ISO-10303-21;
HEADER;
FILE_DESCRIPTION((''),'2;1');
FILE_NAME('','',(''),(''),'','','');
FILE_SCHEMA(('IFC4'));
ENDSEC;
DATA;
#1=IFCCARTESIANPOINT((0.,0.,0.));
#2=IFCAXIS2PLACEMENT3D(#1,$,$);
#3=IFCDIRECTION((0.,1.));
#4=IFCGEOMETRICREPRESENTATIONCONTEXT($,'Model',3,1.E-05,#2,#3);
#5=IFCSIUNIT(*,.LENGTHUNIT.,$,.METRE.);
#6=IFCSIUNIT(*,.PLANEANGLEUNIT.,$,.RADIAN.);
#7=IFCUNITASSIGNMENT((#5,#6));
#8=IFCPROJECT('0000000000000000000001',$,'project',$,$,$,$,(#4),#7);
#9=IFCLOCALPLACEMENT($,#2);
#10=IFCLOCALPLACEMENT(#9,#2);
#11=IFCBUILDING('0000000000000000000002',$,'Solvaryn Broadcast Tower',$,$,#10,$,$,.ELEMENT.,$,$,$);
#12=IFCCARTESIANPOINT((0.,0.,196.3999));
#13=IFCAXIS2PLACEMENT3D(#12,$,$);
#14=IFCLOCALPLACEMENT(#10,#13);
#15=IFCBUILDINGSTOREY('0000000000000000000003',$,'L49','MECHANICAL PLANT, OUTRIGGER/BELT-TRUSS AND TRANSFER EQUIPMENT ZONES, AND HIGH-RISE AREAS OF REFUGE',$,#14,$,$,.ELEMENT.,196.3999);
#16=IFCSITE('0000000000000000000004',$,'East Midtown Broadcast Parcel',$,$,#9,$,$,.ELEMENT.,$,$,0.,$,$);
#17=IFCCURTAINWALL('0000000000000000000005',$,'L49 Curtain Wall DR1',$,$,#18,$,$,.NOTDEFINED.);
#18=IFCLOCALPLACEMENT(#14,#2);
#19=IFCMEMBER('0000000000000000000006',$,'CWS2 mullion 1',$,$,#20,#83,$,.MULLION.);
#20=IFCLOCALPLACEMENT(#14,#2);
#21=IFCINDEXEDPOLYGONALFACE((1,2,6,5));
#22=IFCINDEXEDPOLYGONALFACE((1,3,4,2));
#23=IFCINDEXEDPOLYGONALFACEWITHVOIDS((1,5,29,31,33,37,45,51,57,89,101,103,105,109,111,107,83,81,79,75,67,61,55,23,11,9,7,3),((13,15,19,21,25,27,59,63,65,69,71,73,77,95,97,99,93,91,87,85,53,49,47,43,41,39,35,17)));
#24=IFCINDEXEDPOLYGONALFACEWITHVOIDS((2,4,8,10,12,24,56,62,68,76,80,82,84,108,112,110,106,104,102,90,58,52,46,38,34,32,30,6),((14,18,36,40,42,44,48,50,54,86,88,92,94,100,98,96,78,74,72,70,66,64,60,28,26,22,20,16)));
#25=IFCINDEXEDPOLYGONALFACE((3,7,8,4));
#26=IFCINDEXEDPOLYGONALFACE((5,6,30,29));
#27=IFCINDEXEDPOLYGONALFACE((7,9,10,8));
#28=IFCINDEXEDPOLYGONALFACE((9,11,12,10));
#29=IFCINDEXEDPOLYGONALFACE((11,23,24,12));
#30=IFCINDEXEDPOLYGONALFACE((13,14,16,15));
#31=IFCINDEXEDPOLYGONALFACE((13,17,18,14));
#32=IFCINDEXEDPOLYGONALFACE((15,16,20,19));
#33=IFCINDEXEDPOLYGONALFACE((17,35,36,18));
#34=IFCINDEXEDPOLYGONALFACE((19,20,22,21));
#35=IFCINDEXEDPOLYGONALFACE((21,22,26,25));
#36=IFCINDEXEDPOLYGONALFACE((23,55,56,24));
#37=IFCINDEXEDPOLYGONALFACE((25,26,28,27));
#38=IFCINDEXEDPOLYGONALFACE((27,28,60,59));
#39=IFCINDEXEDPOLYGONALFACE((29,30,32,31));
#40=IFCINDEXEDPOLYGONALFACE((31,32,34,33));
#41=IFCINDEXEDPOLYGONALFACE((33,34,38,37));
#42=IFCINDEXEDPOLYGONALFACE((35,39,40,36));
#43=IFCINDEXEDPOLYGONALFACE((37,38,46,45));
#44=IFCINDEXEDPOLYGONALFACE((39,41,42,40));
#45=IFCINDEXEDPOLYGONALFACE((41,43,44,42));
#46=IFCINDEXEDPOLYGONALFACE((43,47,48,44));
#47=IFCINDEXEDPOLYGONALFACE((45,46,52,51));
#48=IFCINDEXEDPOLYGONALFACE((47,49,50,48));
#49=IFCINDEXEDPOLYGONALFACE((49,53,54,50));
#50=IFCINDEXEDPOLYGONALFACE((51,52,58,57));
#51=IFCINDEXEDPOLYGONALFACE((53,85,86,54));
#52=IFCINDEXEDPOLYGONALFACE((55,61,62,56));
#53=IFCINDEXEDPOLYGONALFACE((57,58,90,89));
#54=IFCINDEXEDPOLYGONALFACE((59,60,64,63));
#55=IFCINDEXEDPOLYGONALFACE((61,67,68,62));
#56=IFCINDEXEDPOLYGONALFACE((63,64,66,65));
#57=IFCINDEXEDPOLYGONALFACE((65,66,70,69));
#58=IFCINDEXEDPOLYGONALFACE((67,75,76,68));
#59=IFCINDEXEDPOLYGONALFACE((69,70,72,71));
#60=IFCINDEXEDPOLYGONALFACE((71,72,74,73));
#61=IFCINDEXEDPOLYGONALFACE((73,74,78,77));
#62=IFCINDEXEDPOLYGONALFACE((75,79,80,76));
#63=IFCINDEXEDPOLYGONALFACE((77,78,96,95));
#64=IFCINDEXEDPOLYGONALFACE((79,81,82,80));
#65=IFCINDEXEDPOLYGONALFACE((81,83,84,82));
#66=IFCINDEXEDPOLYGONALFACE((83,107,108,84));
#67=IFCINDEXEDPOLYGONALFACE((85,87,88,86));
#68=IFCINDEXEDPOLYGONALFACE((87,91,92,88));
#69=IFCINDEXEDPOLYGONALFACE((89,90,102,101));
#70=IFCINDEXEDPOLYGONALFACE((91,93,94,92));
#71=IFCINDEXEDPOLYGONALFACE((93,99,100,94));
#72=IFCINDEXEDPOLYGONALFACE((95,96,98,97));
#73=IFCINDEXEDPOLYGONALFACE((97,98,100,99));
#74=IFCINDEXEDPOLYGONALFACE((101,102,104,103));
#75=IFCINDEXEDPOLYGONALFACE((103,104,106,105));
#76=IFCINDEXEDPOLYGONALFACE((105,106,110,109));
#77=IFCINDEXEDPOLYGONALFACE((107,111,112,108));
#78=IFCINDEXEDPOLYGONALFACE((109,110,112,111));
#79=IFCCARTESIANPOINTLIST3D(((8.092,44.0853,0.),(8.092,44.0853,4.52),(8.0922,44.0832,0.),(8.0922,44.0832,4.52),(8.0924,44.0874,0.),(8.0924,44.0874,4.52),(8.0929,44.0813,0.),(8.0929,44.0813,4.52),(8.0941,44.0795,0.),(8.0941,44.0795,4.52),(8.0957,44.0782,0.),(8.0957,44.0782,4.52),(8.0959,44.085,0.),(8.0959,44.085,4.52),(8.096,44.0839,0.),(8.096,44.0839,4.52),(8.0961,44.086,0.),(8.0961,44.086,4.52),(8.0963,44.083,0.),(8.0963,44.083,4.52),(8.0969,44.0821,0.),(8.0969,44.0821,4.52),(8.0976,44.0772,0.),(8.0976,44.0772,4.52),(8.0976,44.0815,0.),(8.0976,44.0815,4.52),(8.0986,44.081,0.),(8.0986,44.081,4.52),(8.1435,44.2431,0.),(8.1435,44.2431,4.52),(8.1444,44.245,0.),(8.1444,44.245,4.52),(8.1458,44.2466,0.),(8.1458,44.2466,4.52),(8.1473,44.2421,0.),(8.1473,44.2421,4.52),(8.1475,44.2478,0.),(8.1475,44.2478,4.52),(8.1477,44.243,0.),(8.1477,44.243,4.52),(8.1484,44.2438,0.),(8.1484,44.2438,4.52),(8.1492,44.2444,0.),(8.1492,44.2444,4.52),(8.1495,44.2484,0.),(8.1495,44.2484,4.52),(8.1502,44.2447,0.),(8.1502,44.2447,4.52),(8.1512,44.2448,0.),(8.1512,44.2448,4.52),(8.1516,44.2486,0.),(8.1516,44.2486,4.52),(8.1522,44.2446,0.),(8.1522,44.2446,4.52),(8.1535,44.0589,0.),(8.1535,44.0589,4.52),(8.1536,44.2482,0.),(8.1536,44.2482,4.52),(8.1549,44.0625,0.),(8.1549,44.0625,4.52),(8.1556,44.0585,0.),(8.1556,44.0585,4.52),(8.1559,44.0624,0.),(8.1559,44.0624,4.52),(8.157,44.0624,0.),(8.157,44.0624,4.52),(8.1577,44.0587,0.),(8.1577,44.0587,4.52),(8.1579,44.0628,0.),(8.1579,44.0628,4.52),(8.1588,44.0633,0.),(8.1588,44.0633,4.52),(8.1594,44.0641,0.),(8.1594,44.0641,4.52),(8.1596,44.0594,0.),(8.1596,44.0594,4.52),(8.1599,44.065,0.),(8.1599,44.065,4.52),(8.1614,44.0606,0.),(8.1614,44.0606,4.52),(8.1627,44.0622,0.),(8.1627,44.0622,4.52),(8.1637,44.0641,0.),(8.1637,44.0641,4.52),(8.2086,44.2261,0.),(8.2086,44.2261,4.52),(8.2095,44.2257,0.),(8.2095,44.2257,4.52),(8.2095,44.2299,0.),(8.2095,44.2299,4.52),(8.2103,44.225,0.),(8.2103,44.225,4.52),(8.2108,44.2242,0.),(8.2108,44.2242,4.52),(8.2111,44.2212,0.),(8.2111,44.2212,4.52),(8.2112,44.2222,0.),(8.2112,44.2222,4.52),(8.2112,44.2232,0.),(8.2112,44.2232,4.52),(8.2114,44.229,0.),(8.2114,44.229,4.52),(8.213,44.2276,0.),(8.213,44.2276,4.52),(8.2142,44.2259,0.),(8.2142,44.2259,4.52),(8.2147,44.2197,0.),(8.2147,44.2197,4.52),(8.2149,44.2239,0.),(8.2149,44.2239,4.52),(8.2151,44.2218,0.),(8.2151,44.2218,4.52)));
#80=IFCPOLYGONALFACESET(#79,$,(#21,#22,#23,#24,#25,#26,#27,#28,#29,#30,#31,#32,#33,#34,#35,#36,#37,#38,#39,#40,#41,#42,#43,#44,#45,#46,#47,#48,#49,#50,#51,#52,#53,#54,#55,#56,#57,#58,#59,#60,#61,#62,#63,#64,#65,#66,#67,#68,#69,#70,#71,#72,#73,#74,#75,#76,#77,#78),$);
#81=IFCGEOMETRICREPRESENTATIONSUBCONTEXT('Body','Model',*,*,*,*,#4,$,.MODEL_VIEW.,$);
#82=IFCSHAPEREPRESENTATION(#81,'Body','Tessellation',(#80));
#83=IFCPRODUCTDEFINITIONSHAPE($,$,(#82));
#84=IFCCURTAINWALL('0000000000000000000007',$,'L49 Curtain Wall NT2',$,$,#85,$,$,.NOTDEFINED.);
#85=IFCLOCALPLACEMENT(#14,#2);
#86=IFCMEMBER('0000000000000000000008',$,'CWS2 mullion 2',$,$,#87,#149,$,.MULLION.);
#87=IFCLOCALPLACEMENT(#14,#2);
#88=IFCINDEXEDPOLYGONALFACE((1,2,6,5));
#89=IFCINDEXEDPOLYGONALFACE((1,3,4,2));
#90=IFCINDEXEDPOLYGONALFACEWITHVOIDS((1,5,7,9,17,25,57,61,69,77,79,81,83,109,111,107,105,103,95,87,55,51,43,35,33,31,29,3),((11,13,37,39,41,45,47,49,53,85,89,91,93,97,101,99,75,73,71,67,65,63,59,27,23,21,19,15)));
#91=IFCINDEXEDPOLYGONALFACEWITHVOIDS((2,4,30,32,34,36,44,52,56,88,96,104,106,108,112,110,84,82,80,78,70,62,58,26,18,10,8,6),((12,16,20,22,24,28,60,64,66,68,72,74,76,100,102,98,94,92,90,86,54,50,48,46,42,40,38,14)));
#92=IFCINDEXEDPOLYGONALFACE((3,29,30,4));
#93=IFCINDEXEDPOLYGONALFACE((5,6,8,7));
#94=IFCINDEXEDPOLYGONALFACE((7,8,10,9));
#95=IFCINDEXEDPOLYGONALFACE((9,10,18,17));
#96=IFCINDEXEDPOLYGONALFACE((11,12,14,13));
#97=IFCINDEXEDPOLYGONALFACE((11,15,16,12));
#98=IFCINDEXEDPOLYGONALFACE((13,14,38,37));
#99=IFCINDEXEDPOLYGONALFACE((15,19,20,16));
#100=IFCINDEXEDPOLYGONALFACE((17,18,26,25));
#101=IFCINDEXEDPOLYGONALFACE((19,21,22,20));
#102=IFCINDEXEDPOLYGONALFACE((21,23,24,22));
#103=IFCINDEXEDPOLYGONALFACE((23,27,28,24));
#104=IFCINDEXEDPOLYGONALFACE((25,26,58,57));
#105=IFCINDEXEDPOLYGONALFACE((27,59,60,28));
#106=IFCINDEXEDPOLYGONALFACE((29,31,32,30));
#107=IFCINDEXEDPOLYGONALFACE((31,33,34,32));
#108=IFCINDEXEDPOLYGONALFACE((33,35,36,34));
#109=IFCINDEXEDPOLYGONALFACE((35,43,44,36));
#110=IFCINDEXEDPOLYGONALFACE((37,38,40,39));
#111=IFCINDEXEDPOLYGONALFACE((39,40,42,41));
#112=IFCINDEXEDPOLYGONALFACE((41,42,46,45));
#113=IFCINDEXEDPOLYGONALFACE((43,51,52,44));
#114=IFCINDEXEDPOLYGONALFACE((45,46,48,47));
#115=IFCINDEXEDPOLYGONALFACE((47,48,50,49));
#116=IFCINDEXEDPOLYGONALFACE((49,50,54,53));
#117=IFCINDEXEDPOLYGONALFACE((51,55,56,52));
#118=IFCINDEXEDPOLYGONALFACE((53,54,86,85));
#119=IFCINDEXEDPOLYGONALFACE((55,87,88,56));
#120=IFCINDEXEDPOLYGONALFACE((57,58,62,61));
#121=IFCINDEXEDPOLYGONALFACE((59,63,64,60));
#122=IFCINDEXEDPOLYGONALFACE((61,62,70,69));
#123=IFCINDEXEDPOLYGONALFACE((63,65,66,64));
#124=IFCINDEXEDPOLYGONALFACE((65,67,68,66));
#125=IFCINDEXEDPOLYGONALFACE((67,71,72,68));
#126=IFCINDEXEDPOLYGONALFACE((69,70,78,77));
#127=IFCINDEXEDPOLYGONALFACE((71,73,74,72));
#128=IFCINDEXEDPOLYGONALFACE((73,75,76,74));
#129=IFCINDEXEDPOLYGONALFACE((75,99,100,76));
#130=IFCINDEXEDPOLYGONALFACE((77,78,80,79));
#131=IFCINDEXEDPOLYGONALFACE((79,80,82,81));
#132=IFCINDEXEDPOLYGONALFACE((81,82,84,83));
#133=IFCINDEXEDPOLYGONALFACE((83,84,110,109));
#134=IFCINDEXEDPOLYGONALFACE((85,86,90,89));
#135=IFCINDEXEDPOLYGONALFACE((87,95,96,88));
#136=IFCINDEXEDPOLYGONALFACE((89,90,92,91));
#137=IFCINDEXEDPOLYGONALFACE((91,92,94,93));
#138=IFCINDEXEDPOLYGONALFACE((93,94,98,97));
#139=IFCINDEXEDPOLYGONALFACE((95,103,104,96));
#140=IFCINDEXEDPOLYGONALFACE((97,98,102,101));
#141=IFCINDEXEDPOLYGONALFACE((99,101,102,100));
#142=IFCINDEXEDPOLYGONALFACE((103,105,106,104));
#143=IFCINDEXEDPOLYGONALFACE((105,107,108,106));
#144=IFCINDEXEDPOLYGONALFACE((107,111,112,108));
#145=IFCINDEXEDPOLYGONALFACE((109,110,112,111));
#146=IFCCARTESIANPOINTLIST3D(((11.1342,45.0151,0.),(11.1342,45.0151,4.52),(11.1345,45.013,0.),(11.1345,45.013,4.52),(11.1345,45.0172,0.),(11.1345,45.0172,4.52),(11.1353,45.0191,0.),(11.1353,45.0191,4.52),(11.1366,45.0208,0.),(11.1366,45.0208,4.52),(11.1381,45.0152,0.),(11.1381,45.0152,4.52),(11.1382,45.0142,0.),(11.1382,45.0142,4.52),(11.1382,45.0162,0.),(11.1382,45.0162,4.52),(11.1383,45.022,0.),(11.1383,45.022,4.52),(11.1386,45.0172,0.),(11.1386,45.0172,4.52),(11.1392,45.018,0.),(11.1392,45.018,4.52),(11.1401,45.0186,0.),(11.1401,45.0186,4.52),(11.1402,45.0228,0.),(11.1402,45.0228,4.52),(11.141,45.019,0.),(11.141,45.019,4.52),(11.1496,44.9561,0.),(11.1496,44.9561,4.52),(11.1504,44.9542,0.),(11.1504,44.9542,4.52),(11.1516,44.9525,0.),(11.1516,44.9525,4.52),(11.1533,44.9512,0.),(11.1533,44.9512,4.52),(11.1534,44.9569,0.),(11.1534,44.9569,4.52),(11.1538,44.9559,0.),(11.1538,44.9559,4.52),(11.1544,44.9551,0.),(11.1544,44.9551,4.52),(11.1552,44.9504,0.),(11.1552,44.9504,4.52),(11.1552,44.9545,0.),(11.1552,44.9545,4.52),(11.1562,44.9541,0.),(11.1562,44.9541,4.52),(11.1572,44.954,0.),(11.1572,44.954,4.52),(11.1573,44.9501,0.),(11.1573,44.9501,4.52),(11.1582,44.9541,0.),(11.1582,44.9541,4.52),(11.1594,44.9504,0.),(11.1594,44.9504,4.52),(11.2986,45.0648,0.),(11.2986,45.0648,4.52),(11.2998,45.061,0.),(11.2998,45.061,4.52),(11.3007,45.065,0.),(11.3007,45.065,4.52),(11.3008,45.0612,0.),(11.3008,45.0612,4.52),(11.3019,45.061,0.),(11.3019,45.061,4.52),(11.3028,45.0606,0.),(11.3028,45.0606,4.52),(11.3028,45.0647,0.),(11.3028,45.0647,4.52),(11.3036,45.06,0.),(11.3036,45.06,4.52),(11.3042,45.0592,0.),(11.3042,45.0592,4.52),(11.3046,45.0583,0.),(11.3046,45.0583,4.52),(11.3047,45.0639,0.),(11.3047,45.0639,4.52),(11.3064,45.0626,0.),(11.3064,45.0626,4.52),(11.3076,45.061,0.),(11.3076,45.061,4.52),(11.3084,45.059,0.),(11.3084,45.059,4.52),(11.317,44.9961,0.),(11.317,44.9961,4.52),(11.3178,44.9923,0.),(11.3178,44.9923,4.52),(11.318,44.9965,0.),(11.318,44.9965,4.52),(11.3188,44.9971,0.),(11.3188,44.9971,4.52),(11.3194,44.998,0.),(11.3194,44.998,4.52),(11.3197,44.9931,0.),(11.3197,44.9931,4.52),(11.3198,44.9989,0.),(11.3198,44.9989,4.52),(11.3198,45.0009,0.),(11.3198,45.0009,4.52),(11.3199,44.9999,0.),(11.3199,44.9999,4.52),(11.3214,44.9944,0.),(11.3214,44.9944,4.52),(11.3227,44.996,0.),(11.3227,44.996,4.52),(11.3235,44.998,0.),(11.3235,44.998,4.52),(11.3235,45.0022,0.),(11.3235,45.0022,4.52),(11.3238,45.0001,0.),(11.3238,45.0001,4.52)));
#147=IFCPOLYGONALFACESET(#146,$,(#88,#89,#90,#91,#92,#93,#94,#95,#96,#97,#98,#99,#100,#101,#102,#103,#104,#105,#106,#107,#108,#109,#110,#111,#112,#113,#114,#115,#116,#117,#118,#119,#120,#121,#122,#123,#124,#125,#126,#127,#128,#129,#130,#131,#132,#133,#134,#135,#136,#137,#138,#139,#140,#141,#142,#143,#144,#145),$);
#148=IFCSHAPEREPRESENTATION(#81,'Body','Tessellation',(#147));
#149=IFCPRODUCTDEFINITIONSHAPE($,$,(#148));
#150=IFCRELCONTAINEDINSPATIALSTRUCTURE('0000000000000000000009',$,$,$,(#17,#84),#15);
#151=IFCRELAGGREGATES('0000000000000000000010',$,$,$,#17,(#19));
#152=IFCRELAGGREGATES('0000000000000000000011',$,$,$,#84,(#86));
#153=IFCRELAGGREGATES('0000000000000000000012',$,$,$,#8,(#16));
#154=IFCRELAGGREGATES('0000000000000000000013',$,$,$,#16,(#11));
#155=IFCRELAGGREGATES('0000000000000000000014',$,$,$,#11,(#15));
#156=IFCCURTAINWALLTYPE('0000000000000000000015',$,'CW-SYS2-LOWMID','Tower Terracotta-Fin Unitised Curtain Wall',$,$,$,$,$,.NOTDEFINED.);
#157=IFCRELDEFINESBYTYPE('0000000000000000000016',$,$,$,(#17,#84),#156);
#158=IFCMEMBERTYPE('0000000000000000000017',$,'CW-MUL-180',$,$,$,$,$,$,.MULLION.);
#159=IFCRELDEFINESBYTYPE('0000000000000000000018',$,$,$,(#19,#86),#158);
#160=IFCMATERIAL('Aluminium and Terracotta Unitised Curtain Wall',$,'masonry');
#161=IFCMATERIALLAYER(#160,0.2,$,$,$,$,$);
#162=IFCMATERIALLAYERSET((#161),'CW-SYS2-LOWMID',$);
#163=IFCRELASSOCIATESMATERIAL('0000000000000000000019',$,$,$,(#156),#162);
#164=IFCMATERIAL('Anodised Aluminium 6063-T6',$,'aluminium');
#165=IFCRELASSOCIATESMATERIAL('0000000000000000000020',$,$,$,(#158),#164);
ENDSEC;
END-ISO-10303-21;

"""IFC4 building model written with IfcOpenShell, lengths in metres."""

from ifc_helpers import new_model, si_unit, direction, frame, origin, origin_2d, place, context, subcontext, project, spatial, hollow_rectangle, extrude, material, layer, layer_set, material_profile, profile_set, type_object, element, aggregate, save


model = new_model("IFC4")

# Units and contexts
model_context = context("Model", 3, precision=1e-05, world=origin(), true_north=direction((0.0, 1.0)))
body_context = subcontext(model_context, "Body", "Model", "MODEL_VIEW")
ifc_project = project(units=[si_unit("LENGTHUNIT", "METRE"), si_unit("PLANEANGLEUNIT", "RADIAN")], contexts=[model_context])

# Site, building, storey
site_placement = place(None, origin())
site = spatial("IfcSite", under=ifc_project, at=site_placement, Name="East Midtown Broadcast Parcel", CompositionType="ELEMENT", RefElevation=0.0)
building_placement = place(site_placement, origin())
building = spatial("IfcBuilding", under=site, at=building_placement, Name="Solvaryn Broadcast Tower", CompositionType="ELEMENT")
storey_placement = place(building_placement, frame((0.0, 0.0, 196.3999)))
storey = spatial("IfcBuildingStorey", under=building, at=storey_placement, Name="L49", Description="MECHANICAL PLANT, OUTRIGGER/BELT-TRUSS AND TRANSFER EQUIPMENT ZONES, AND HIGH-RISE AREAS OF REFUGE", CompositionType="ELEMENT", Elevation=196.3999)

# Curtain walls, members
ifc_material_1 = material(Name="Aluminium and Terracotta Unitised Curtain Wall", Category="masonry")
ifc_layer_1 = layer(ifc_material_1, 0.2)
ifc_layer_set_1 = layer_set([ifc_layer_1], Name="CW-SYS2-LOWMID")
curtain_wall_type = type_object("IfcCurtainWallType", Name="CW-SYS2-LOWMID", Description="Tower Terracotta-Fin Unitised Curtain Wall", PredefinedType="NOTDEFINED", material=ifc_layer_set_1)
curtain_wall_1_placement = place(storey_placement, origin())
curtain_wall_1 = element("IfcCurtainWall", 1, at=curtain_wall_1_placement, inside=storey, type_object=curtain_wall_type, Name="L49 Curtain Wall DR1", PredefinedType="NOTDEFINED")
ifc_material_2 = material(Name="Anodised Aluminium 6063-T6", Category="aluminium")
ifc_material_profile_1 = material_profile(ifc_material_2, hollow_rectangle(XDim=0.075, YDim=0.1799, WallThickness=0.0039, InnerFilletRadius=0.0039, OuterFilletRadius=0.0081, at=origin_2d()))
ifc_profile_set_1 = profile_set([ifc_material_profile_1], Name="Anodised Aluminium 6063-T6")
member_type_1 = type_object("IfcMemberType", Name="CW-MUL-180", PredefinedType="MULLION", material=ifc_profile_set_1)
member_1_placement = place(storey_placement, frame((8.1536, 44.1536, 0.0), z_axis=(0.0, 0.0, 1.0), x_axis=(0.950227, -0.311559, 0.0)))
member_1 = element("IfcMember", 2, at=member_1_placement, type_object=member_type_1, Name="CWS2 mullion 1", PredefinedType="MULLION", context=body_context, shape_type="SweptSolid", body=[
    extrude(hollow_rectangle(XDim=0.075, YDim=0.1799, WallThickness=0.0039, InnerFilletRadius=0.0039, OuterFilletRadius=0.0081, at=origin_2d()), origin(), (0.0, 0.0, 1.0), 4.52),
])
curtain_wall_2_placement = place(storey_placement, origin())
curtain_wall_2 = element("IfcCurtainWall", 3, at=curtain_wall_2_placement, inside=storey, type_object=curtain_wall_type, Name="L49 Curtain Wall NT2", PredefinedType="NOTDEFINED")
member_2_placement = place(storey_placement, frame((11.229, 45.0076, 0.0), z_axis=(0.0, 0.0, 1.0), x_axis=(0.255893, -0.966705, 0.0)))
member_2 = element("IfcMember", 4, at=member_2_placement, type_object=member_type_1, Name="CWS2 mullion 2", PredefinedType="MULLION", context=body_context, shape_type="SweptSolid", body=[
    extrude(hollow_rectangle(XDim=0.075, YDim=0.1799, WallThickness=0.0039, InnerFilletRadius=0.0039, OuterFilletRadius=0.0081, at=origin_2d()), origin(), (0.0, 0.0, 1.0), 4.52),
])

aggregate(curtain_wall_1, [member_1])
aggregate(curtain_wall_2, [member_2])

save(model, "model.ifc")
